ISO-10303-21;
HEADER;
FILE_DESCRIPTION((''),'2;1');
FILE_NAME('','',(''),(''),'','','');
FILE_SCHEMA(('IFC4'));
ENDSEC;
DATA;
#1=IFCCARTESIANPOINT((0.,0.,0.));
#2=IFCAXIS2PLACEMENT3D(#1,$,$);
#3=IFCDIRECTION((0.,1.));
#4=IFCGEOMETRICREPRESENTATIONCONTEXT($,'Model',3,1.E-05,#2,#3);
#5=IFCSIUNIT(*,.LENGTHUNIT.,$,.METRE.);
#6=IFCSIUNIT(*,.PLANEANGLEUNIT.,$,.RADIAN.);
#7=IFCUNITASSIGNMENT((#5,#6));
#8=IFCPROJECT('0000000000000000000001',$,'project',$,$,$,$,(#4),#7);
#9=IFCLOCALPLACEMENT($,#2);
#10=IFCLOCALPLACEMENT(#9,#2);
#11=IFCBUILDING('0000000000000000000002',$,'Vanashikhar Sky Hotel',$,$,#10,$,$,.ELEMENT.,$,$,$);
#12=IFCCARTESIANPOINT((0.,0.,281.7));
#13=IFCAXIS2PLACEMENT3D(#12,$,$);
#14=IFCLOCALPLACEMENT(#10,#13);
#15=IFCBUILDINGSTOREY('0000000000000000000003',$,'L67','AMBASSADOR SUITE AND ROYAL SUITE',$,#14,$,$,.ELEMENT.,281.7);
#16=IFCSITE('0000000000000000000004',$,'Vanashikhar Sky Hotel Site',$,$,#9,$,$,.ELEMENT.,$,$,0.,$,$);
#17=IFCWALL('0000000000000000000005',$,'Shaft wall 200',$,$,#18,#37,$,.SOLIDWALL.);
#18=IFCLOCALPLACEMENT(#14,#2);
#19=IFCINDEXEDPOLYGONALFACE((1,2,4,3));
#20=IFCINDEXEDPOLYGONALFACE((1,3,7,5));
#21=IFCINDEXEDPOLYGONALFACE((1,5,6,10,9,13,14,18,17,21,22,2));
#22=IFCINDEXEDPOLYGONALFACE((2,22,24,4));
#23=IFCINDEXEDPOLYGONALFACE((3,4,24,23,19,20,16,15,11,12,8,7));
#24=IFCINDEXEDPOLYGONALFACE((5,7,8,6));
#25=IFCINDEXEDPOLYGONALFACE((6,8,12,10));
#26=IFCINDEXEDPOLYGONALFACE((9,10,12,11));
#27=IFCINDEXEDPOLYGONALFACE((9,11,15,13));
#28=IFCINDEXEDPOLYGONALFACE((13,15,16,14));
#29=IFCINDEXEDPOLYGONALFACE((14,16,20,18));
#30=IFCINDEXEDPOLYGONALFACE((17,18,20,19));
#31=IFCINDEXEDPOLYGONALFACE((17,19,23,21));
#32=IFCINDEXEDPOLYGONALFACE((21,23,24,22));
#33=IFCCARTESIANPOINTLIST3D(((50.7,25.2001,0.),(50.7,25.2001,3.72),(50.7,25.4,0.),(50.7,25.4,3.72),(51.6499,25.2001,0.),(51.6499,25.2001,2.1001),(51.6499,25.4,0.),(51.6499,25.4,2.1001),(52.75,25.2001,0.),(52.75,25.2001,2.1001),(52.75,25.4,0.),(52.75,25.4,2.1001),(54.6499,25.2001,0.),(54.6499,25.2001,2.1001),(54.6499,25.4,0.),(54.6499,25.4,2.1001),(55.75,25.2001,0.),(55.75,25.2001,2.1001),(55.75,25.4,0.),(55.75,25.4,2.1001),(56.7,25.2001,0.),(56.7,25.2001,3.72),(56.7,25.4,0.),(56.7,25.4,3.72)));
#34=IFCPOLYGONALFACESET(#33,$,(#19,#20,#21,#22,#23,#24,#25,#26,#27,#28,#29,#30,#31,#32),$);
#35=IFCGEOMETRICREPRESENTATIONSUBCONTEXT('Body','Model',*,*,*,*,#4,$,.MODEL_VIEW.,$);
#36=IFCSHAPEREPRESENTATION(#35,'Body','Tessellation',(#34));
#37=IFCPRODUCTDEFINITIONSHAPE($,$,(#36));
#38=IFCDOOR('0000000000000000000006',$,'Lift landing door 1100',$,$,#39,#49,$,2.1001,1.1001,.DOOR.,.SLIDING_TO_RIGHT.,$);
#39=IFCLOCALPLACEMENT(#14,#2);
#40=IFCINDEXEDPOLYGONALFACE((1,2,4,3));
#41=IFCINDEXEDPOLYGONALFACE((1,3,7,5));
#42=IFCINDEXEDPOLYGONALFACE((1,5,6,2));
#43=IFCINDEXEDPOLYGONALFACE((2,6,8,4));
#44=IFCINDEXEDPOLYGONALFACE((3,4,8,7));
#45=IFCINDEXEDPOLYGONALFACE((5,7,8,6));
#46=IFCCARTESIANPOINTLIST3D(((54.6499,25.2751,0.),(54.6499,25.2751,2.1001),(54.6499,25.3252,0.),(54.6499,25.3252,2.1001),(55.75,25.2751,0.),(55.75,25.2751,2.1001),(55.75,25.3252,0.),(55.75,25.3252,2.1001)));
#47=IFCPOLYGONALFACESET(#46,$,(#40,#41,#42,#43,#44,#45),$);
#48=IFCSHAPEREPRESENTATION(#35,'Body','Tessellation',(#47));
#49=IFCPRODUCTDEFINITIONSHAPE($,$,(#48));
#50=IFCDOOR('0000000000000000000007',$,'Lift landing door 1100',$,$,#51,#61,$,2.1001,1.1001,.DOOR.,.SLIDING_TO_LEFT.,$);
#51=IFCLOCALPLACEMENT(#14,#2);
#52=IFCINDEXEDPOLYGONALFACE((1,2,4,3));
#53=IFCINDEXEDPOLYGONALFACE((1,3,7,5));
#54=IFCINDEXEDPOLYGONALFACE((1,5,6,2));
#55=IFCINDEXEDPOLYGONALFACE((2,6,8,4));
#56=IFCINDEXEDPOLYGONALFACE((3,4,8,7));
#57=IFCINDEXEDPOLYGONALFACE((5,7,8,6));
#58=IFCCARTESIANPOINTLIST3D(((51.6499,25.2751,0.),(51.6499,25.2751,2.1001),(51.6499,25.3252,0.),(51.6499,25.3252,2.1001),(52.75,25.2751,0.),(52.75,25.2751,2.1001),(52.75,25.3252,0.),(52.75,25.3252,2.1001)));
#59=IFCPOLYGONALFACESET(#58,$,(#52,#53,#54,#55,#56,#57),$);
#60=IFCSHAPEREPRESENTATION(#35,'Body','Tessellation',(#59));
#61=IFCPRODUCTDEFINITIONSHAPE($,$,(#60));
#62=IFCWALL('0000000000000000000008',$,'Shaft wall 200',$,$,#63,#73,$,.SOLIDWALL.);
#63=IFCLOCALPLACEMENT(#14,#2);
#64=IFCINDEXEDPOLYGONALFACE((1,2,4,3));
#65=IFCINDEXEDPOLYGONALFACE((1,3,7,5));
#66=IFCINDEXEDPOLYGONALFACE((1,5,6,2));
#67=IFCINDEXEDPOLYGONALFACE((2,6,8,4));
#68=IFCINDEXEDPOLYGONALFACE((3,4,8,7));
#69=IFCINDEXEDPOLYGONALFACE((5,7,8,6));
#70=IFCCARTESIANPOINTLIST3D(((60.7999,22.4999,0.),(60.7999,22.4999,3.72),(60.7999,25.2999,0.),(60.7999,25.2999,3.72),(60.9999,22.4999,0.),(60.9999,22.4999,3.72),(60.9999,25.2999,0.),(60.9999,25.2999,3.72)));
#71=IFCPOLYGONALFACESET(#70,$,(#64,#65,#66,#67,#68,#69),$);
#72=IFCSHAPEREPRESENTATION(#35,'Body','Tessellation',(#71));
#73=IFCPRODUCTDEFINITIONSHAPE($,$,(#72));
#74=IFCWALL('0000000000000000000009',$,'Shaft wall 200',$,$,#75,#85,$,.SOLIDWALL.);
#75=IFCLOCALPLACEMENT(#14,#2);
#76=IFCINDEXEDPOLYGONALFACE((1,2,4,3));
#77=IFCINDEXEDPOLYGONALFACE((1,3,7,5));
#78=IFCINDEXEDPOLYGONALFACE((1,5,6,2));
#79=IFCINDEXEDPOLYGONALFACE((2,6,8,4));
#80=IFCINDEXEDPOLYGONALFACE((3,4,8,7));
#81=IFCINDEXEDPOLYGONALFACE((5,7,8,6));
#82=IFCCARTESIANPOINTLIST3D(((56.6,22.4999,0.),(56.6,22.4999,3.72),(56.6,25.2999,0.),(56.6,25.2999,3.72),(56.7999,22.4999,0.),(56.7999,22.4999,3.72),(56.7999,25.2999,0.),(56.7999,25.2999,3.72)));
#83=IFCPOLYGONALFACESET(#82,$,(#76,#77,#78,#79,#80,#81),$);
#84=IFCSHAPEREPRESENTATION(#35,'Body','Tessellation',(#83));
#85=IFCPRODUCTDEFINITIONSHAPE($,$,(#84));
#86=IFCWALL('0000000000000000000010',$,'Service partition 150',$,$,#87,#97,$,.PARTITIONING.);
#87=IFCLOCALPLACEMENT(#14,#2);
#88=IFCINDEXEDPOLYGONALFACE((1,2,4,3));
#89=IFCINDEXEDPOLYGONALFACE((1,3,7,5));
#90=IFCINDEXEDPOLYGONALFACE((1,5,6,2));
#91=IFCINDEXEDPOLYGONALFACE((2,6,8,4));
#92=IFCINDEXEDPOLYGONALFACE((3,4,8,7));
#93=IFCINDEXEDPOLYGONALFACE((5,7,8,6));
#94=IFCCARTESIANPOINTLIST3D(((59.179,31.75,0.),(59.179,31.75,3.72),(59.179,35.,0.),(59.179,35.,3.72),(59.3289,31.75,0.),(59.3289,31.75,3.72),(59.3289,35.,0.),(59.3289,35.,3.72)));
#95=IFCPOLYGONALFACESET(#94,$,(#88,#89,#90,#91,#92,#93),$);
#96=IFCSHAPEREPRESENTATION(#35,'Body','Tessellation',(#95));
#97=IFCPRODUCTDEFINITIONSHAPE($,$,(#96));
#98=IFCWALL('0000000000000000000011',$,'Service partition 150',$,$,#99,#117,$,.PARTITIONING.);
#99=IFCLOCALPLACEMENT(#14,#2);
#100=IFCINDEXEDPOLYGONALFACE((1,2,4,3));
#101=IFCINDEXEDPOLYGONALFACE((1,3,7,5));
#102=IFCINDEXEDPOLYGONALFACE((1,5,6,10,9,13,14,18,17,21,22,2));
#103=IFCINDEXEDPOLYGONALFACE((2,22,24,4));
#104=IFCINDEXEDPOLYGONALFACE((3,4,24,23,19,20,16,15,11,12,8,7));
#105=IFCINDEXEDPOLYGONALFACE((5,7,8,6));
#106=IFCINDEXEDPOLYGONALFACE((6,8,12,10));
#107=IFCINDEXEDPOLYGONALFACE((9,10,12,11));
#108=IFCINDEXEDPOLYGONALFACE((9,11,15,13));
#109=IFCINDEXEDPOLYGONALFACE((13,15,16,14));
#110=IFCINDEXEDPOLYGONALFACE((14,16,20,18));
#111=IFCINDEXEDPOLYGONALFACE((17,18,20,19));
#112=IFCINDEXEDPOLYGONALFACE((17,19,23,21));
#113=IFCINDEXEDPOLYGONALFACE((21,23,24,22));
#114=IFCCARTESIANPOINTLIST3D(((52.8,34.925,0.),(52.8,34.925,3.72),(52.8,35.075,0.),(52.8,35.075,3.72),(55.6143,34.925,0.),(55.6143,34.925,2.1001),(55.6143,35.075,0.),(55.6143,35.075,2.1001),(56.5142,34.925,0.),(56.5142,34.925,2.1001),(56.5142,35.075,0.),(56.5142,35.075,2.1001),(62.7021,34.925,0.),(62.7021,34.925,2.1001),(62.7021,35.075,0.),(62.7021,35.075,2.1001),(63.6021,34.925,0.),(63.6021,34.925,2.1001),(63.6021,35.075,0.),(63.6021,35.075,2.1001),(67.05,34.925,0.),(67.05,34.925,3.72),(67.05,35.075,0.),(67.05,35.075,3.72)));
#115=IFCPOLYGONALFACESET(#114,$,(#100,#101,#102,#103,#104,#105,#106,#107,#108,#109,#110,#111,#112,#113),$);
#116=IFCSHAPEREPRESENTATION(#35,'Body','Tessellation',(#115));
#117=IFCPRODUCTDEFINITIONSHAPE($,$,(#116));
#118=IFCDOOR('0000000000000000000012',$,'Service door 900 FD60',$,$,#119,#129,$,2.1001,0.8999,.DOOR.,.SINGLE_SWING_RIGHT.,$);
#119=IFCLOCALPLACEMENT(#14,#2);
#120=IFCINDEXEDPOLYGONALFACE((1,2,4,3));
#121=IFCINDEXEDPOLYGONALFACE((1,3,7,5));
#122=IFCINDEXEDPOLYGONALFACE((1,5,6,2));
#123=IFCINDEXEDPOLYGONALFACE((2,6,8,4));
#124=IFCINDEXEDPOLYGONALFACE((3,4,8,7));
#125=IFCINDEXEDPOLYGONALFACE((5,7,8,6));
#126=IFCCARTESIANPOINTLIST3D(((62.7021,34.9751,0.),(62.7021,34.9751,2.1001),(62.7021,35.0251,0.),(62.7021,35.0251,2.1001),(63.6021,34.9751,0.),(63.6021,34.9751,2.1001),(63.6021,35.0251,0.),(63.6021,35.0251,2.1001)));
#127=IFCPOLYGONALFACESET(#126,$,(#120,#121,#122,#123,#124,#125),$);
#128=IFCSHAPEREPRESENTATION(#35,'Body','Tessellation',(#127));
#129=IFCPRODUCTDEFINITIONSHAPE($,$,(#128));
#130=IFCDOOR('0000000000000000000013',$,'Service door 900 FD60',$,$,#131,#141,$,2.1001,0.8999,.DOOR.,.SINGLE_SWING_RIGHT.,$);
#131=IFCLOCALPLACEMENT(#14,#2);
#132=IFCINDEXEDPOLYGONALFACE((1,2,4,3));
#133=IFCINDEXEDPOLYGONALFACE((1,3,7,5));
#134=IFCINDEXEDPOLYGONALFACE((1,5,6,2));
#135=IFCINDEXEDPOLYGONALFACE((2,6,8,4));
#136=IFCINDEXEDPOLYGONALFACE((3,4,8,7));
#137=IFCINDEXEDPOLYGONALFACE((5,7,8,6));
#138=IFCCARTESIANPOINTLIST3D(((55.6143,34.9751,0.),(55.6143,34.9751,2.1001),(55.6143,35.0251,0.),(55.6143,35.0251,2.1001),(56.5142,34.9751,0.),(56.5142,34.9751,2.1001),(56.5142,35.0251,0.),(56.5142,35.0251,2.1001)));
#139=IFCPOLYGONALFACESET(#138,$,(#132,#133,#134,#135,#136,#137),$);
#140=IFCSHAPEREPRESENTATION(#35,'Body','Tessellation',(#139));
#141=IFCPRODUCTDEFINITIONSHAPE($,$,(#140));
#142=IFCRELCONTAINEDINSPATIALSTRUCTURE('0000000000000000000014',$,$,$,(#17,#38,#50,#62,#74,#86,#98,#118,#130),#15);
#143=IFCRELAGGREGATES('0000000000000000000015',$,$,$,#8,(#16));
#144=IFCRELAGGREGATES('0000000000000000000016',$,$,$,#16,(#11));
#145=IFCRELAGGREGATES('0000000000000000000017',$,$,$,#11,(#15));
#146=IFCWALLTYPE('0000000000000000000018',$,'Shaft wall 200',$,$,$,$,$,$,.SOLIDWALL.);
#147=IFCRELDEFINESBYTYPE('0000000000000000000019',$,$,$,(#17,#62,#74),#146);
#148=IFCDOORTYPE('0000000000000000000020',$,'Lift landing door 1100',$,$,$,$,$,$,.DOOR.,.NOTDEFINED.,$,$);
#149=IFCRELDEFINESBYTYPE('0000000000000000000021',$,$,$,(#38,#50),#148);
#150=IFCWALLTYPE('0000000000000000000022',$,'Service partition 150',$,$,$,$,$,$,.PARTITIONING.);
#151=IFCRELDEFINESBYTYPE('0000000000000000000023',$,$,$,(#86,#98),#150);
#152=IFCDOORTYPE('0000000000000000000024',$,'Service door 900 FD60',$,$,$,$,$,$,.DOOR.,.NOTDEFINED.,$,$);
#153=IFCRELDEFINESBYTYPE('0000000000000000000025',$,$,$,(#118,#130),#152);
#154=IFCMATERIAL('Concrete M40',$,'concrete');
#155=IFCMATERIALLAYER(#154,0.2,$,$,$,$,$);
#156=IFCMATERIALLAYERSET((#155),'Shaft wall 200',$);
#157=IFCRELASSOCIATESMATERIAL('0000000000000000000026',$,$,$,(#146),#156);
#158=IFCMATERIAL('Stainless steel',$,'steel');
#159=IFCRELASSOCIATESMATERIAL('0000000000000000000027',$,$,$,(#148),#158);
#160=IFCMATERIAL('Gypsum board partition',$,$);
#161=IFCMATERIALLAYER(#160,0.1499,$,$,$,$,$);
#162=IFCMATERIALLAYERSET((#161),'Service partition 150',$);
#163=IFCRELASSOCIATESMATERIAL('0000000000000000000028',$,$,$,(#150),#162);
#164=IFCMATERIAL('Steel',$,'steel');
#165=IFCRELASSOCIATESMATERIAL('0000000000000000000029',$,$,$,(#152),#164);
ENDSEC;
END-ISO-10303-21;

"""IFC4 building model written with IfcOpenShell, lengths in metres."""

from ifc_helpers import new_model, si_unit, direction, frame, frame_2d, origin, place, context, subcontext, project, spatial, rectangle, extrude, source, transform, mapped, material, layer, layer_set, type_object, element, fill, save


model = new_model("IFC4")

# Units and contexts
model_context = context("Model", 3, precision=1e-05, world=origin(), true_north=direction((0.0, 1.0)))
body_context = subcontext(model_context, "Body", "Model", "MODEL_VIEW")
ifc_project = project(units=[si_unit("LENGTHUNIT", "METRE"), si_unit("PLANEANGLEUNIT", "RADIAN")], contexts=[model_context])

# Site, building, storey
site_placement = place(None, origin())
site = spatial("IfcSite", under=ifc_project, at=site_placement, Name="Vanashikhar Sky Hotel Site", CompositionType="ELEMENT", RefElevation=0.0)
building_placement = place(site_placement, origin())
building = spatial("IfcBuilding", under=site, at=building_placement, Name="Vanashikhar Sky Hotel", CompositionType="ELEMENT")
storey_placement = place(building_placement, frame((0.0, 0.0, 281.7)))
storey = spatial("IfcBuildingStorey", under=building, at=storey_placement, Name="L67", Description="AMBASSADOR SUITE AND ROYAL SUITE", CompositionType="ELEMENT", Elevation=281.7)

# Wall, openings, doors
ifc_material_1 = material(Name="Concrete M40", Category="concrete")
ifc_layer_1 = layer(ifc_material_1, 0.2)
ifc_layer_set_1 = layer_set([ifc_layer_1], Name="Shaft wall 200")
wall_type_1 = type_object("IfcWallType", Name="Shaft wall 200", PredefinedType="SOLIDWALL", material=ifc_layer_set_1)
shared_shape_1 = source(origin(), body_context, "Body", "SweptSolid", [
    extrude(rectangle(XDim=6.0, YDim=0.2, at=frame_2d((3.0, 0.0))), origin(), (0.0, 0.0, 1.0), 3.72),
])
wall_1_placement = place(storey_placement, frame((56.7, 25.3, 0.0), z_axis=(0.0, 0.0, 1.0), x_axis=(-1.0, 0.0, 0.0)))
wall_1 = element("IfcWall", 1, at=wall_1_placement, inside=storey, type_object=wall_type_1, Name="Shaft wall 200", PredefinedType="SOLIDWALL", context=body_context, shape_type="MappedRepresentation", body=[
    mapped(shared_shape_1, transform((0.0, 0.0, 0.0), scale=1.0)),
])
shared_shape_2 = source(origin(), body_context, "Body", "SweptSolid", [
    extrude(rectangle(XDim=1.1001, YDim=2.1001, at=frame_2d((0.55, 1.05))), frame((0.0, 0.1099, 0.0), z_axis=(0.0, -1.0, 0.0), x_axis=(1.0, 0.0, 0.0)), (0.0, 0.0, 1.0), 0.22),
])
opening_1_placement = place(wall_1_placement, frame((0.95, 0.0, 0.0)))
opening_1 = element("IfcOpeningElement", 2, at=opening_1_placement, cuts=wall_1, PredefinedType="OPENING", context=body_context, shape_type="MappedRepresentation", body=[
    mapped(shared_shape_2, transform((0.0, 0.0, 0.0), scale=1.0)),
])
opening_2_placement = place(wall_1_placement, frame((3.95, 0.0, 0.0)))
opening_2 = element("IfcOpeningElement", 3, at=opening_2_placement, cuts=wall_1, PredefinedType="OPENING", context=body_context, shape_type="MappedRepresentation", body=[
    mapped(shared_shape_2, transform((0.0, 0.0, 0.0), scale=1.0)),
])
ifc_material_2 = material(Name="Stainless steel", Category="steel")
door_type_1 = type_object("IfcDoorType", Name="Lift landing door 1100", OperationType="NOTDEFINED", PredefinedType="DOOR", material=ifc_material_2)
shared_shape_3 = source(origin(), body_context, "Body", "SweptSolid", [
    extrude(rectangle(XDim=1.1001, YDim=2.1001, at=frame_2d((0.55, 1.05))), frame((0.0, 0.0249, 0.0), z_axis=(0.0, -1.0, 0.0), x_axis=(1.0, 0.0, 0.0)), (0.0, 0.0, 1.0), 0.05),
])
door_1_placement = place(opening_1_placement, origin())
door_1 = element("IfcDoor", 4, at=door_1_placement, inside=storey, type_object=door_type_1, Name="Lift landing door 1100", OperationType="SLIDING_TO_RIGHT", OverallHeight=2.1001, OverallWidth=1.1001, PredefinedType="DOOR", context=body_context, shape_type="MappedRepresentation", body=[
    mapped(shared_shape_3, transform((0.0, 0.0, 0.0), scale=1.0)),
])
fill(opening_1, door_1)
door_2_placement = place(opening_2_placement, origin())
door_2 = element("IfcDoor", 5, at=door_2_placement, inside=storey, type_object=door_type_1, Name="Lift landing door 1100", OperationType="SLIDING_TO_LEFT", OverallHeight=2.1001, OverallWidth=1.1001, PredefinedType="DOOR", context=body_context, shape_type="MappedRepresentation", body=[
    mapped(shared_shape_3, transform((0.0, 0.0, 0.0), scale=1.0)),
])
fill(opening_2, door_2)

# Walls
shared_shape_4 = source(origin(), body_context, "Body", "SweptSolid", [
    extrude(rectangle(XDim=2.8, YDim=0.2, at=frame_2d((1.3999, 0.0))), origin(), (0.0, 0.0, 1.0), 3.72),
])
for number, where, z_axis, x_axis, name in (
    (6, (60.8999, 22.5, 0.0), (0.0, 0.0, 1.0), (0.0, 1.0, 0.0), "Shaft wall 200"),
    (7, (56.7, 22.5, 0.0), (0.0, 0.0, 1.0), (0.0, 1.0, 0.0), "Shaft wall 200"),
):
    element("IfcWall", number, at=place(storey_placement, frame(where, z_axis=z_axis, x_axis=x_axis)), inside=storey, type_object=wall_type_1, Name=name, PredefinedType="SOLIDWALL", context=body_context, shape_type="MappedRepresentation", body=[
        mapped(shared_shape_4, transform((0.0, 0.0, 0.0), scale=1.0)),
    ])
ifc_material_3 = material(Name="Gypsum board partition")
ifc_layer_2 = layer(ifc_material_3, 0.1499)
ifc_layer_set_2 = layer_set([ifc_layer_2], Name="Service partition 150")
wall_type_2 = type_object("IfcWallType", Name="Service partition 150", PredefinedType="PARTITIONING", material=ifc_layer_set_2)
shared_shape_5 = source(origin(), body_context, "Body", "SweptSolid", [
    extrude(rectangle(XDim=3.25, YDim=0.1499, at=frame_2d((1.625, 0.0))), origin(), (0.0, 0.0, 1.0), 3.72),
])
wall_2_placement = place(storey_placement, frame((59.2539, 31.75, 0.0), z_axis=(0.0, 0.0, 1.0), x_axis=(0.0, 1.0, 0.0)))
element("IfcWall", 8, at=wall_2_placement, inside=storey, type_object=wall_type_2, Name="Service partition 150", PredefinedType="PARTITIONING", context=body_context, shape_type="MappedRepresentation", body=[
    mapped(shared_shape_5, transform((0.0, 0.0, 0.0), scale=1.0)),
])

# Wall, openings, doors
shared_shape_6 = source(origin(), body_context, "Body", "SweptSolid", [
    extrude(rectangle(XDim=14.25, YDim=0.1499, at=frame_2d((7.125, 0.0))), origin(), (0.0, 0.0, 1.0), 3.72),
])
wall_3_placement = place(storey_placement, frame((67.05, 35.0, 0.0), z_axis=(0.0, 0.0, 1.0), x_axis=(-1.0, 0.0, 0.0)))
wall_3 = element("IfcWall", 9, at=wall_3_placement, inside=storey, type_object=wall_type_2, Name="Service partition 150", PredefinedType="PARTITIONING", context=body_context, shape_type="MappedRepresentation", body=[
    mapped(shared_shape_6, transform((0.0, 0.0, 0.0), scale=1.0)),
])
shared_shape_7 = source(origin(), body_context, "Body", "SweptSolid", [
    extrude(rectangle(XDim=0.8999, YDim=2.1001, at=frame_2d((0.45, 1.05))), frame((0.0, 0.085, 0.0), z_axis=(0.0, -1.0, 0.0), x_axis=(1.0, 0.0, 0.0)), (0.0, 0.0, 1.0), 0.1699),
])
opening_3_placement = place(wall_3_placement, frame((3.448, 0.0, 0.0)))
opening_3 = element("IfcOpeningElement", 10, at=opening_3_placement, cuts=wall_3, PredefinedType="OPENING", context=body_context, shape_type="MappedRepresentation", body=[
    mapped(shared_shape_7, transform((0.0, 0.0, 0.0), scale=1.0)),
])
opening_4_placement = place(wall_3_placement, frame((10.5359, 0.0, 0.0)))
opening_4 = element("IfcOpeningElement", 11, at=opening_4_placement, cuts=wall_3, PredefinedType="OPENING", context=body_context, shape_type="MappedRepresentation", body=[
    mapped(shared_shape_7, transform((0.0, 0.0, 0.0), scale=1.0)),
])
ifc_material_4 = material(Name="Steel", Category="steel")
door_type_2 = type_object("IfcDoorType", Name="Service door 900 FD60", OperationType="NOTDEFINED", PredefinedType="DOOR", material=ifc_material_4)
shared_shape_8 = source(origin(), body_context, "Body", "SweptSolid", [
    extrude(rectangle(XDim=0.8999, YDim=2.1001, at=frame_2d((0.45, 1.05))), frame((0.0, 0.0249, 0.0), z_axis=(0.0, -1.0, 0.0), x_axis=(1.0, 0.0, 0.0)), (0.0, 0.0, 1.0), 0.05),
])
door_3_placement = place(opening_3_placement, origin())
door_3 = element("IfcDoor", 12, at=door_3_placement, inside=storey, type_object=door_type_2, Name="Service door 900 FD60", OperationType="SINGLE_SWING_RIGHT", OverallHeight=2.1001, OverallWidth=0.8999, PredefinedType="DOOR", context=body_context, shape_type="MappedRepresentation", body=[
    mapped(shared_shape_8, transform((0.0, 0.0, 0.0), scale=1.0)),
])
fill(opening_3, door_3)
door_4_placement = place(opening_4_placement, origin())
door_4 = element("IfcDoor", 13, at=door_4_placement, inside=storey, type_object=door_type_2, Name="Service door 900 FD60", OperationType="SINGLE_SWING_RIGHT", OverallHeight=2.1001, OverallWidth=0.8999, PredefinedType="DOOR", context=body_context, shape_type="MappedRepresentation", body=[
    mapped(shared_shape_8, transform((0.0, 0.0, 0.0), scale=1.0)),
])
fill(opening_4, door_4)

save(model, "model.ifc")
